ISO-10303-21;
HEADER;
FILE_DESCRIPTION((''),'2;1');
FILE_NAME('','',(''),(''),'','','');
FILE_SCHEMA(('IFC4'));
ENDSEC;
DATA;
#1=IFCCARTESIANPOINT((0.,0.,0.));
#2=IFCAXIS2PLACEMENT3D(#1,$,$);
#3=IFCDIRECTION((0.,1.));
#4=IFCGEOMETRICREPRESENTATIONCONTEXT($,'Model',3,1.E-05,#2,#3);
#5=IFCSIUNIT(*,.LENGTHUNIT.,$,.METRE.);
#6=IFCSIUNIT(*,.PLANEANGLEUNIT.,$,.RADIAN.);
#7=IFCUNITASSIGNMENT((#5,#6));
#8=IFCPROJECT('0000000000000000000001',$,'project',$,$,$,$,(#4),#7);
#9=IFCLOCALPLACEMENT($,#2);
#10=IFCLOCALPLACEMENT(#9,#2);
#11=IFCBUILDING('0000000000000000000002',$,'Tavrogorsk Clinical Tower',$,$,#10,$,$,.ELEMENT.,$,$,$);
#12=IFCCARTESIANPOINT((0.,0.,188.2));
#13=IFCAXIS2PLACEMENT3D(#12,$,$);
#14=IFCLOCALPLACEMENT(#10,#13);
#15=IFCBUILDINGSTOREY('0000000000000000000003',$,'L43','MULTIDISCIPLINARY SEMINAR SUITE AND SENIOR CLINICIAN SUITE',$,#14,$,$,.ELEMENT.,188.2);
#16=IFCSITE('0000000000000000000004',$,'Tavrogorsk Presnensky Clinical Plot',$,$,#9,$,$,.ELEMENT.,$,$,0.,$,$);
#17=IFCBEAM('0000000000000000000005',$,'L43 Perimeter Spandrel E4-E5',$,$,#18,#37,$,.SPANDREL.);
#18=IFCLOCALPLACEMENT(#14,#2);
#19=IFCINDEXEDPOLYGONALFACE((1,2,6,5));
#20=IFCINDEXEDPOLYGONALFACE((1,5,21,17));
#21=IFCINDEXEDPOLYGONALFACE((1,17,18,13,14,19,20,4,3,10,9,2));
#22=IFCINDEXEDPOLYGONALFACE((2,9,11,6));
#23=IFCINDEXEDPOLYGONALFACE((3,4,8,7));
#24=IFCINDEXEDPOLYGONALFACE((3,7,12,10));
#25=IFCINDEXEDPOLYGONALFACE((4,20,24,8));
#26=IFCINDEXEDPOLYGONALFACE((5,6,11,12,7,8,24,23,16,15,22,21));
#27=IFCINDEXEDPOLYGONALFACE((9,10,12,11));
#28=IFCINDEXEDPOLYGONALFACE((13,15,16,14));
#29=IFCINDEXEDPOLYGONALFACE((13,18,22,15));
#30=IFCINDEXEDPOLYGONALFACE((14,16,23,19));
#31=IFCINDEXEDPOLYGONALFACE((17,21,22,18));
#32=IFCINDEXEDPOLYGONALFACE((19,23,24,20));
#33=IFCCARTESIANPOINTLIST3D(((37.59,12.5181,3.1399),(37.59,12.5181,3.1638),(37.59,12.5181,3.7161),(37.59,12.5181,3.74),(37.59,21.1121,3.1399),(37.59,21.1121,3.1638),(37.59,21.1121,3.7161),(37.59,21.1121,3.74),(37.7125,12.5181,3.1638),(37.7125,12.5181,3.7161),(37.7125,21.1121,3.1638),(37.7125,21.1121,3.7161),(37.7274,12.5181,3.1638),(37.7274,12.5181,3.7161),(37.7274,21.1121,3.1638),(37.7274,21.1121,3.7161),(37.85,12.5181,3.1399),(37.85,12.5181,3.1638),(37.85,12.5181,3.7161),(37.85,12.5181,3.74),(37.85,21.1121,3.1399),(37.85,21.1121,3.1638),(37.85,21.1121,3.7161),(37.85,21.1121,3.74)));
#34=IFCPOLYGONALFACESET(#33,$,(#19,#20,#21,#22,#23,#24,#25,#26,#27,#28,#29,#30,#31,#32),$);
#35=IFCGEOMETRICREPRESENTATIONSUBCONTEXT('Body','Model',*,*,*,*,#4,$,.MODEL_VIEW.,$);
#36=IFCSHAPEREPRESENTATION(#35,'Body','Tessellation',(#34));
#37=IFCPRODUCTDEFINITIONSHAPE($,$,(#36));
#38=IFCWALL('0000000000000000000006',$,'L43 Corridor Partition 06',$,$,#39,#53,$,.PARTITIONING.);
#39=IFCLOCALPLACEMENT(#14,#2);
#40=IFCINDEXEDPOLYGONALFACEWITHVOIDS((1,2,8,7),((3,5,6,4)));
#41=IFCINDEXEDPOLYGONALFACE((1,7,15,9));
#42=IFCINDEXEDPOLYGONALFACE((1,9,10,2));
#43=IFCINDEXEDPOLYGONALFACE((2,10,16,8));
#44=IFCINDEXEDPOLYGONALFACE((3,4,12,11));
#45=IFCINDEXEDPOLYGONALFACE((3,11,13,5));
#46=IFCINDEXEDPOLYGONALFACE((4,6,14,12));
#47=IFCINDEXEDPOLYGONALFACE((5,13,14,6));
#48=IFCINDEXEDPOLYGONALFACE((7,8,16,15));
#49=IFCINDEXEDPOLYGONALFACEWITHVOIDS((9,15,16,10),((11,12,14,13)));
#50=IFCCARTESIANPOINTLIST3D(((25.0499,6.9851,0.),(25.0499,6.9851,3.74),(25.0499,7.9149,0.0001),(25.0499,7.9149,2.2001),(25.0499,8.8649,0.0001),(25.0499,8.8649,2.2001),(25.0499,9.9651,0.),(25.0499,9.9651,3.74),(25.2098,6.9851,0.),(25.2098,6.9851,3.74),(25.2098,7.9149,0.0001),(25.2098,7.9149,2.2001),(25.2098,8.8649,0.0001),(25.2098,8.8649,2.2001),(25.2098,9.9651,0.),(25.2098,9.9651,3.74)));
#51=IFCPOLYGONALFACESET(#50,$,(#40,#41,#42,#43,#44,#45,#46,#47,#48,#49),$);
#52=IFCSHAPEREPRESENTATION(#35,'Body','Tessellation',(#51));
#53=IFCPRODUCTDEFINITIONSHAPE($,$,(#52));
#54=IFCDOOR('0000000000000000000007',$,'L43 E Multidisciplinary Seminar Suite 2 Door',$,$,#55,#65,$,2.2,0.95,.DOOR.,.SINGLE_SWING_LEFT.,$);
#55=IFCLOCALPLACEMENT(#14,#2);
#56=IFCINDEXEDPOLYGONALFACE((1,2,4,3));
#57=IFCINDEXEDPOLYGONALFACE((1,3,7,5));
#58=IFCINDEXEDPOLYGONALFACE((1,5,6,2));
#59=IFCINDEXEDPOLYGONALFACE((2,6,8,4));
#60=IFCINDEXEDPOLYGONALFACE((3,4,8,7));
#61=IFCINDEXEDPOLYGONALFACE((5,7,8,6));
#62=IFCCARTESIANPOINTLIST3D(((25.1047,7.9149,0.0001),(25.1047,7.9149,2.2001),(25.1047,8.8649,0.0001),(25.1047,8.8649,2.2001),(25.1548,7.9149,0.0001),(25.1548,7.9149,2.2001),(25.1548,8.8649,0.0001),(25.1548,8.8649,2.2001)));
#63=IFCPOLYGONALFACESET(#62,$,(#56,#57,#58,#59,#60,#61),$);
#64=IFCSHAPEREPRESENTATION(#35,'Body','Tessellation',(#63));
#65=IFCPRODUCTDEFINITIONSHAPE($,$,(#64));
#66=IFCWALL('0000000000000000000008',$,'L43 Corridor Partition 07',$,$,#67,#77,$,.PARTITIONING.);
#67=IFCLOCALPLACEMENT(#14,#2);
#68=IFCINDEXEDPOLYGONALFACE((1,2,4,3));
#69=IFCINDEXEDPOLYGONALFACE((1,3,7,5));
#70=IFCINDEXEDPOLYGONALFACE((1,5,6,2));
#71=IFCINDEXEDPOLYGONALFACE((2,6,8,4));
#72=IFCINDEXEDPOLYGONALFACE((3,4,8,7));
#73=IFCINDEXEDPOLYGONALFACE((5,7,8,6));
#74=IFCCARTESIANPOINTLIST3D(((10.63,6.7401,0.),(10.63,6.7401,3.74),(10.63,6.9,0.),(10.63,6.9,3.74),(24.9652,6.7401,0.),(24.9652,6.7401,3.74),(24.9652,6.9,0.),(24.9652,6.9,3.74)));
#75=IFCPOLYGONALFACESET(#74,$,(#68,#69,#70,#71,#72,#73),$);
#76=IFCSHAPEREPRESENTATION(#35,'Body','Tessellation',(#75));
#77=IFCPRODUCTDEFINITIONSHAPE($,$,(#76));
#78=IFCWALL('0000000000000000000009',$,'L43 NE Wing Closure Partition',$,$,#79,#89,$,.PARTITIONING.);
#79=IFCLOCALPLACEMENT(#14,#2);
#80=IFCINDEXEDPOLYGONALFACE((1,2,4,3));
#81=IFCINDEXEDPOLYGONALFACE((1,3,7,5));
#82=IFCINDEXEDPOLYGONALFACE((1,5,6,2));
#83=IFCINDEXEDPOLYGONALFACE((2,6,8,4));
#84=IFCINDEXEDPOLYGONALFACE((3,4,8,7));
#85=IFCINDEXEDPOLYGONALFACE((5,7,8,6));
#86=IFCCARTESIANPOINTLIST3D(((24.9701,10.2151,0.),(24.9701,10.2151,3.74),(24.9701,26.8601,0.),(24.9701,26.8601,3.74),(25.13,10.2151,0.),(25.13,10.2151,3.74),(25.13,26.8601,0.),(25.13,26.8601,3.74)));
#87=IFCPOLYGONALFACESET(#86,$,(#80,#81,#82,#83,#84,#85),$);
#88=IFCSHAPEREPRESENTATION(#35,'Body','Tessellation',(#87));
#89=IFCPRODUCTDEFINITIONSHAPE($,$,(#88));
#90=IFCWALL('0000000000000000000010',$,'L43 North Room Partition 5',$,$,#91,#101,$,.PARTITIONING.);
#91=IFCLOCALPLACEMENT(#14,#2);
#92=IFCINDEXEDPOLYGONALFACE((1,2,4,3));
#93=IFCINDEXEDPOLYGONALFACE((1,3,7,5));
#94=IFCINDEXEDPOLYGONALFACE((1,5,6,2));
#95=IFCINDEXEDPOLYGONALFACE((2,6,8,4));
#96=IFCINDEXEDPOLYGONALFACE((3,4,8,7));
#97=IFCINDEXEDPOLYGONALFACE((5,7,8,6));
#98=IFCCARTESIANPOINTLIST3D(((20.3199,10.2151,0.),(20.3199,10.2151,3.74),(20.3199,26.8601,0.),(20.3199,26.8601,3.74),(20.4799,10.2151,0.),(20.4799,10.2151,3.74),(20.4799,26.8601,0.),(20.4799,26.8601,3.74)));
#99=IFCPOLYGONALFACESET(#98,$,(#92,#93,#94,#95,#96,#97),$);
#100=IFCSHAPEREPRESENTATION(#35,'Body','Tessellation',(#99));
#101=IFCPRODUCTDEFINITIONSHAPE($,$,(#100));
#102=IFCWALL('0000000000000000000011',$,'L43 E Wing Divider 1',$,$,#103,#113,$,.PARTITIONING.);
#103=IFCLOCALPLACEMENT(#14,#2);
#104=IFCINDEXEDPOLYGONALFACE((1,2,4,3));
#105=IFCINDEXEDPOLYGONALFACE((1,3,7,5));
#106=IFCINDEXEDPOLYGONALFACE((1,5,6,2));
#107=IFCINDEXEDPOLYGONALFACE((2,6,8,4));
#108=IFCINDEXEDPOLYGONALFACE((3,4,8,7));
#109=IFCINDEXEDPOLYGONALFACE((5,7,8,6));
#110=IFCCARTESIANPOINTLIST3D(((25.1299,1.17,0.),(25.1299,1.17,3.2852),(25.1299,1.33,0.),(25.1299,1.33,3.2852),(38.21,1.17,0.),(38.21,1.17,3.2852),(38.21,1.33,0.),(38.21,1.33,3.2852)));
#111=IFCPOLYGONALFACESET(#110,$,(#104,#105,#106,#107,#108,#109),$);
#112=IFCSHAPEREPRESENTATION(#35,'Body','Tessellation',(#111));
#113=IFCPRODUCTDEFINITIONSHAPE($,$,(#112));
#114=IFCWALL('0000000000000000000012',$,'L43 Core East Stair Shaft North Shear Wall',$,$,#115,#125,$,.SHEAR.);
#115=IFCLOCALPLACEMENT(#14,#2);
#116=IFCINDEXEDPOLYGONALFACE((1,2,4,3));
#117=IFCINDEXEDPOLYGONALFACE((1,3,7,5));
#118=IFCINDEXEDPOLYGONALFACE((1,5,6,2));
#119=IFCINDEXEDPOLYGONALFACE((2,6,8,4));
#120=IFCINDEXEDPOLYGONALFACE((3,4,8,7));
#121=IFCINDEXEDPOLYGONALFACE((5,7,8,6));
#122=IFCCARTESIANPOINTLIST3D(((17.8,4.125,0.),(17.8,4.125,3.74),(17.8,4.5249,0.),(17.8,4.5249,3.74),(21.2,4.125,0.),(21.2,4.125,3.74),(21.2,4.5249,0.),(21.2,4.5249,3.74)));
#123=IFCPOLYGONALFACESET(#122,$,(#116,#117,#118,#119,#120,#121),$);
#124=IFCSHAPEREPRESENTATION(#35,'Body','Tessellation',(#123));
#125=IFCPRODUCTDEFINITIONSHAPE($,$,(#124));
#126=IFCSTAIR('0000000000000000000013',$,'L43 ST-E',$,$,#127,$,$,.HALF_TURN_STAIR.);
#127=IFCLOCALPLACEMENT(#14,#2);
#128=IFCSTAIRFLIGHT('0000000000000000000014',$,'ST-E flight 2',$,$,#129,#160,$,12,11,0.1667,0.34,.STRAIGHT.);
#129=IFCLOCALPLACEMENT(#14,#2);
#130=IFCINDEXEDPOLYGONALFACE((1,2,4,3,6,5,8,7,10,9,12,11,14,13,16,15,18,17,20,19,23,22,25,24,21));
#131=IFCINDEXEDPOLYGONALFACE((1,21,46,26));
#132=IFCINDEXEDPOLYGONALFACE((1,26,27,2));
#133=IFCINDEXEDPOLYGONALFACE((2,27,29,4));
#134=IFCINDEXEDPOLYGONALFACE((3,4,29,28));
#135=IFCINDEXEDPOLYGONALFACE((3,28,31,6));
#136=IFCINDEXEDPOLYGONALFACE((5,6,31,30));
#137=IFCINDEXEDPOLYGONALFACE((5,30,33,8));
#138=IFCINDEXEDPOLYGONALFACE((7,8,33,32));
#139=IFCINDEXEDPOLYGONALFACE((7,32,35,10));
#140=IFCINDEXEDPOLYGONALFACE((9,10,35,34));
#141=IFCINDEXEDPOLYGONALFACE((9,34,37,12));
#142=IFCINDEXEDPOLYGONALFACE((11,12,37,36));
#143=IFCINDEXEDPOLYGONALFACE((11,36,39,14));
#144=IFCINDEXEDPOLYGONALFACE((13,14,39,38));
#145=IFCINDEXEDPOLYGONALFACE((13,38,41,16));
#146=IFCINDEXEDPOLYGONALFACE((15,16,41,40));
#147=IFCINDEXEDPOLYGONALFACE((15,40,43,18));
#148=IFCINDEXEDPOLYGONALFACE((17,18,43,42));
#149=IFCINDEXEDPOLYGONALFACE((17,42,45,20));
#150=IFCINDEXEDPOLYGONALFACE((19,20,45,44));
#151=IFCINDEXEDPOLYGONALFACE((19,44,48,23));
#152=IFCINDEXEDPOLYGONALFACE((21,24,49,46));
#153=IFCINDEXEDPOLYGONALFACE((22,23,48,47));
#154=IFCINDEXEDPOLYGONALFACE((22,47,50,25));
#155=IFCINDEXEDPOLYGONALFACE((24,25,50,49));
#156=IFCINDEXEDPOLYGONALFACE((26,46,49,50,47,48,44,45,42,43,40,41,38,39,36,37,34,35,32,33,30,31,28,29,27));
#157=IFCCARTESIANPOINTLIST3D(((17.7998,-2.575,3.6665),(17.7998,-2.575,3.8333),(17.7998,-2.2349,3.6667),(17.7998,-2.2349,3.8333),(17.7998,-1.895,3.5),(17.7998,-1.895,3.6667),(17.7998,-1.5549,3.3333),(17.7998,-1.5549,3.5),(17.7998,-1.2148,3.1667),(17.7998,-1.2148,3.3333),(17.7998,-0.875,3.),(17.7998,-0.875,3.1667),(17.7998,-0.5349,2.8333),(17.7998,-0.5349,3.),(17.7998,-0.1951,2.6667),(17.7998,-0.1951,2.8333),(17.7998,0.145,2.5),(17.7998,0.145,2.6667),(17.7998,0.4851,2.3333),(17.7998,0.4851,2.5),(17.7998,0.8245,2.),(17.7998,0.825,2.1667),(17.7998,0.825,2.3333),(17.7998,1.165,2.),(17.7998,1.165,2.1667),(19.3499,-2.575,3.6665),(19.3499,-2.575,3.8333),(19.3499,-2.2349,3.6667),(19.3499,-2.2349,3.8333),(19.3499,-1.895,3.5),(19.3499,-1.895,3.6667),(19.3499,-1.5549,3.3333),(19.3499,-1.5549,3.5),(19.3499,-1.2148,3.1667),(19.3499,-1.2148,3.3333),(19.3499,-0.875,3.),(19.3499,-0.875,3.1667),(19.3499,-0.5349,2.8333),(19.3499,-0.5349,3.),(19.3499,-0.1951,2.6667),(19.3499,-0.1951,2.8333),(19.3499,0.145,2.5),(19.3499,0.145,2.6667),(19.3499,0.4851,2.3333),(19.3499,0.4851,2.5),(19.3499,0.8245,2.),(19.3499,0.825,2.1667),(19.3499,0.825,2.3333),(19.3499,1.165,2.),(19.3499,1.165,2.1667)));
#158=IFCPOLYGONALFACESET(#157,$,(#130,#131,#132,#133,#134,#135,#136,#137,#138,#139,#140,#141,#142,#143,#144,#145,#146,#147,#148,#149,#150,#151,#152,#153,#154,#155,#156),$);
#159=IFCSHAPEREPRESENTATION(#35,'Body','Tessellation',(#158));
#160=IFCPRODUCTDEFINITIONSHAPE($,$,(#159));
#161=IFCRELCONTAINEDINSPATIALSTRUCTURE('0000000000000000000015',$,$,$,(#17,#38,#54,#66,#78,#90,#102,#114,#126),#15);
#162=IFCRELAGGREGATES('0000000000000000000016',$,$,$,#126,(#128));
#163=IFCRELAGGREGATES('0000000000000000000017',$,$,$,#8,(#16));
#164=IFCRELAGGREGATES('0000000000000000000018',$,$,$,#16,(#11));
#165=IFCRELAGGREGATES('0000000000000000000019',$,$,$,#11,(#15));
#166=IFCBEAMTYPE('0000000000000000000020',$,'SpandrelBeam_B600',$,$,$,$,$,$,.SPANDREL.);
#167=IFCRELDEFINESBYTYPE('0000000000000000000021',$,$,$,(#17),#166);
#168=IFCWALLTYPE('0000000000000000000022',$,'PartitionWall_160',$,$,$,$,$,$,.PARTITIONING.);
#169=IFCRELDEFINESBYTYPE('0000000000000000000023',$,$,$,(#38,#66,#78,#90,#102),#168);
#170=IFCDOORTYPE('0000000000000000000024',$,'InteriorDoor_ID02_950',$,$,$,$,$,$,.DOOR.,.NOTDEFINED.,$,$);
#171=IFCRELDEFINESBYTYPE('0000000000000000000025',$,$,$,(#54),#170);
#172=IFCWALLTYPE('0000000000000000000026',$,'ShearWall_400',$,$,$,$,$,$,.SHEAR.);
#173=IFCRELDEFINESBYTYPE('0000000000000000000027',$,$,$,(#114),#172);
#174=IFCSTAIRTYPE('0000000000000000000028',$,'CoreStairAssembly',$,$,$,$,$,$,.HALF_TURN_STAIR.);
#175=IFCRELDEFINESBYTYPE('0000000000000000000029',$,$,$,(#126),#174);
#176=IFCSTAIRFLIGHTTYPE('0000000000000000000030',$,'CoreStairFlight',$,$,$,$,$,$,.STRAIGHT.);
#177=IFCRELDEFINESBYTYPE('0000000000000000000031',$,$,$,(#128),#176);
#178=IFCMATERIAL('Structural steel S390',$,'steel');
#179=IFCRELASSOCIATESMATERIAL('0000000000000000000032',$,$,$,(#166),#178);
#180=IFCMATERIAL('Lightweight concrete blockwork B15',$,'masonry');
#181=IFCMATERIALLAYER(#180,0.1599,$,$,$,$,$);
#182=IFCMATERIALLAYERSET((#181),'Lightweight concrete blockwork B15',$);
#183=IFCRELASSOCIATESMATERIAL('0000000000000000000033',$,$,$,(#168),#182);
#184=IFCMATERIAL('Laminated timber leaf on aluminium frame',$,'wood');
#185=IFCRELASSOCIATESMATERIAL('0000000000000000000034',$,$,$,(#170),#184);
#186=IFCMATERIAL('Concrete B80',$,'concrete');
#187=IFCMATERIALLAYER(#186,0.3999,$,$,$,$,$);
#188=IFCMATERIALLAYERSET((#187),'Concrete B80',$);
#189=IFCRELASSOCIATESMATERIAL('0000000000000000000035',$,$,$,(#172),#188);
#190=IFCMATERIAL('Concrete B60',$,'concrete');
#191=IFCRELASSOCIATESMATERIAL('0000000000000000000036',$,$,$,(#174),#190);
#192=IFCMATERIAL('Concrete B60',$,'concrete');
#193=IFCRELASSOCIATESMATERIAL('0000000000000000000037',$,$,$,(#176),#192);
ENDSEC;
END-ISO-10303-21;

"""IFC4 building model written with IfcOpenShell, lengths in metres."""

from ifc_helpers import new_model, si_unit, direction, frame, frame_2d, origin, origin_2d, place, context, subcontext, project, spatial, polyline, rectangle, i_section, outline, extrude, material, layer, layer_set, material_profile, profile_set, type_object, element, fill, aggregate, save


model = new_model("IFC4")

# Units and contexts
model_context = context("Model", 3, precision=1e-05, world=origin(), true_north=direction((0.0, 1.0)))
body_context = subcontext(model_context, "Body", "Model", "MODEL_VIEW")
ifc_project = project(units=[si_unit("LENGTHUNIT", "METRE"), si_unit("PLANEANGLEUNIT", "RADIAN")], contexts=[model_context])

# Site, building, storey
site_placement = place(None, origin())
site = spatial("IfcSite", under=ifc_project, at=site_placement, Name="Tavrogorsk Presnensky Clinical Plot", CompositionType="ELEMENT", RefElevation=0.0)
building_placement = place(site_placement, origin())
building = spatial("IfcBuilding", under=site, at=building_placement, Name="Tavrogorsk Clinical Tower", CompositionType="ELEMENT")
storey_placement = place(building_placement, frame((0.0, 0.0, 188.2)))
storey = spatial("IfcBuildingStorey", under=building, at=storey_placement, Name="L43", Description="MULTIDISCIPLINARY SEMINAR SUITE AND SENIOR CLINICIAN SUITE", CompositionType="ELEMENT", Elevation=188.2)

# Beam
ifc_material_1 = material(Name="Structural steel S390", Category="steel")
ifc_material_profile_1 = material_profile(ifc_material_1, i_section(OverallWidth=0.26, OverallDepth=0.6001, WebThickness=0.0149, FlangeThickness=0.0239, at=origin_2d()), Name="B-600x260x15x24")
ifc_profile_set_1 = profile_set([ifc_material_profile_1], Name="Structural steel S390")
beam_type_1 = type_object("IfcBeamType", Name="SpandrelBeam_B600", PredefinedType="SPANDREL", material=ifc_profile_set_1)
for number, where, z_axis, x_axis, name in (
    (1, (37.72, 12.5181, 3.4399), (0.0, 1.0, 0.0), (-1.0, 0.0, 0.0), "L43 Perimeter Spandrel E4-E5"),
):
    element("IfcBeam", number, at=place(storey_placement, frame(where, z_axis=z_axis, x_axis=x_axis)), inside=storey, type_object=beam_type_1, Name=name, PredefinedType="SPANDREL", context=body_context, shape_type="SweptSolid", body=[
        extrude(i_section(OverallWidth=0.26, OverallDepth=0.6001, WebThickness=0.0149, FlangeThickness=0.0239, at=origin_2d()), origin(), (0.0, 0.0, 1.0), 8.594),
    ])

# Wall, opening, door
ifc_material_2 = material(Name="Lightweight concrete blockwork B15", Category="masonry")
ifc_layer_1 = layer(ifc_material_2, 0.1599)
ifc_layer_set_1 = layer_set([ifc_layer_1], Name="Lightweight concrete blockwork B15")
wall_type_1 = type_object("IfcWallType", Name="PartitionWall_160", PredefinedType="PARTITIONING", material=ifc_layer_set_1)
wall_1_placement = place(storey_placement, frame((25.1299, 9.9651, 0.0), z_axis=(0.0, 0.0, 1.0), x_axis=(0.0, -1.0, 0.0)))
wall_1 = element("IfcWall", 2, at=wall_1_placement, inside=storey, type_object=wall_type_1, Name="L43 Corridor Partition 06", PredefinedType="PARTITIONING", context=body_context, shape_type="SweptSolid", body=[
    extrude(rectangle(XDim=2.98, YDim=0.1599, at=frame_2d((1.49, 0.0))), origin(), (0.0, 0.0, 1.0), 3.74),
])
opening_placement = place(wall_1_placement, frame((1.1001, 0.0, 0.0)))
opening = element("IfcOpeningElement", 3, at=opening_placement, cuts=wall_1, PredefinedType="OPENING", context=body_context, shape_type="SweptSolid", body=[
    extrude(rectangle(XDim=0.95, YDim=2.2, at=frame_2d((0.4751, 1.1001))), frame((0.0, 0.0898, 0.0), z_axis=(0.0, -1.0, 0.0), x_axis=(1.0, 0.0, 0.0)), (0.0, 0.0, 1.0), 0.1799),
])
ifc_material_3 = material(Name="Laminated timber leaf on aluminium frame", Category="wood")
door_type = type_object("IfcDoorType", Name="InteriorDoor_ID02_950", OperationType="NOTDEFINED", PredefinedType="DOOR", material=ifc_material_3)
door_placement = place(opening_placement, origin())
door = element("IfcDoor", 4, at=door_placement, inside=storey, type_object=door_type, Name="L43 E Multidisciplinary Seminar Suite 2 Door", OperationType="SINGLE_SWING_LEFT", OverallHeight=2.2, OverallWidth=0.95, PredefinedType="DOOR", context=body_context, shape_type="SweptSolid", body=[
    extrude(rectangle(XDim=0.95, YDim=2.2, at=frame_2d((0.4751, 1.1001))), frame((0.0, 0.0249, 0.0), z_axis=(0.0, -1.0, 0.0), x_axis=(1.0, 0.0, 0.0)), (0.0, 0.0, 1.0), 0.05),
])
fill(opening, door)

# Walls
wall_2_placement = place(storey_placement, frame((24.9651, 6.8201, 0.0), z_axis=(0.0, 0.0, 1.0), x_axis=(-1.0, 0.0, 0.0)))
element("IfcWall", 5, at=wall_2_placement, inside=storey, type_object=wall_type_1, Name="L43 Corridor Partition 07", PredefinedType="PARTITIONING", context=body_context, shape_type="SweptSolid", body=[
    extrude(rectangle(XDim=14.3352, YDim=0.1599, at=frame_2d((7.1675, 0.0))), origin(), (0.0, 0.0, 1.0), 3.74),
])
for number, where, z_axis, x_axis, name in (
    (6, (25.05, 10.2151, 0.0), (0.0, 0.0, 1.0), (0.0, 1.0, 0.0), "L43 NE Wing Closure Partition"),
    (7, (20.3999, 10.2151, 0.0), (0.0, 0.0, 1.0), (0.0, 1.0, 0.0), "L43 North Room Partition 5"),
):
    element("IfcWall", number, at=place(storey_placement, frame(where, z_axis=z_axis, x_axis=x_axis)), inside=storey, type_object=wall_type_1, Name=name, PredefinedType="PARTITIONING", context=body_context, shape_type="SweptSolid", body=[
        extrude(rectangle(XDim=16.645, YDim=0.1599, at=frame_2d((8.3225, 0.0))), origin(), (0.0, 0.0, 1.0), 3.74),
    ])
wall_3_placement = place(storey_placement, frame((25.1299, 1.25, 0.0), z_axis=(0.0, 0.0, 1.0), x_axis=(1.0, 0.0, 0.0)))
element("IfcWall", 8, at=wall_3_placement, inside=storey, type_object=wall_type_1, Name="L43 E Wing Divider 1", PredefinedType="PARTITIONING", context=body_context, shape_type="SweptSolid", body=[
    extrude(rectangle(XDim=13.0801, YDim=0.1599, at=frame_2d((6.54, 0.0))), origin(), (0.0, 0.0, 1.0), 3.2852),
])
ifc_material_4 = material(Name="Concrete B80", Category="concrete")
ifc_layer_2 = layer(ifc_material_4, 0.3999)
ifc_layer_set_2 = layer_set([ifc_layer_2], Name="Concrete B80")
wall_type_2 = type_object("IfcWallType", Name="ShearWall_400", PredefinedType="SHEAR", material=ifc_layer_set_2)
wall_4_placement = place(storey_placement, frame((17.8, 4.325, 0.0), z_axis=(0.0, 0.0, 1.0), x_axis=(1.0, 0.0, 0.0)))
element("IfcWall", 9, at=wall_4_placement, inside=storey, type_object=wall_type_2, Name="L43 Core East Stair Shaft North Shear Wall", PredefinedType="SHEAR", context=body_context, shape_type="SweptSolid", body=[
    extrude(rectangle(XDim=3.3999, YDim=0.3999, at=frame_2d((1.7, 0.0))), origin(), (0.0, 0.0, 1.0), 3.74),
])

# Stair, stair flight
ifc_material_5 = material(Name="Concrete B60", Category="concrete")
stair_type = type_object("IfcStairType", Name="CoreStairAssembly", PredefinedType="HALF_TURN_STAIR", material=ifc_material_5)
stair_placement = place(storey_placement, origin())
stair = element("IfcStair", 10, at=stair_placement, inside=storey, type_object=stair_type, Name="L43 ST-E", PredefinedType="HALF_TURN_STAIR")
ifc_material_6 = material(Name="Concrete B60", Category="concrete")
stair_flight_type = type_object("IfcStairFlightType", Name="CoreStairFlight", PredefinedType="STRAIGHT", material=ifc_material_6)
stair_flight_placement = place(storey_placement, frame((18.575, 1.165, 2.0), z_axis=(0.0, 0.0, 1.0), x_axis=(0.0, -1.0, 0.0)))
stair_flight = element("IfcStairFlight", 11, at=stair_flight_placement, type_object=stair_flight_type, Name="ST-E flight 2", NumberOfRisers=12, NumberOfTreads=11, PredefinedType="STRAIGHT", RiserHeight=0.1667, TreadLength=0.34, context=body_context, shape_type="SweptSolid", body=[
    extrude(outline(polyline([(0.0, 0.0), (0.0, 0.1667), (0.3401, 0.1667), (0.3401, 0.3333), (0.6799, 0.3333), (0.6799, 0.5), (1.02, 0.5), (1.02, 0.6667), (1.3601, 0.6667), (1.3601, 0.8333), (1.7, 0.8333), (1.7, 1.0), (2.04, 1.0), (2.04, 1.1667), (2.3799, 1.1667), (2.3799, 1.3333), (2.72, 1.3333), (2.72, 1.5), (3.0601, 1.5), (3.0601, 1.6667), (3.3999, 1.6667), (3.3999, 1.8333), (3.74, 1.8333), (3.74, 2.0), (3.74, 1.6665), (0.3406, 0.0), (0.0, 0.0)])), frame((0.0, 0.7749, 0.0), z_axis=(0.0, -1.0, 0.0), x_axis=(1.0, 0.0, 0.0)), (0.0, 0.0, 1.0), 1.55),
])
aggregate(stair, [stair_flight])

save(model, "model.ifc")
